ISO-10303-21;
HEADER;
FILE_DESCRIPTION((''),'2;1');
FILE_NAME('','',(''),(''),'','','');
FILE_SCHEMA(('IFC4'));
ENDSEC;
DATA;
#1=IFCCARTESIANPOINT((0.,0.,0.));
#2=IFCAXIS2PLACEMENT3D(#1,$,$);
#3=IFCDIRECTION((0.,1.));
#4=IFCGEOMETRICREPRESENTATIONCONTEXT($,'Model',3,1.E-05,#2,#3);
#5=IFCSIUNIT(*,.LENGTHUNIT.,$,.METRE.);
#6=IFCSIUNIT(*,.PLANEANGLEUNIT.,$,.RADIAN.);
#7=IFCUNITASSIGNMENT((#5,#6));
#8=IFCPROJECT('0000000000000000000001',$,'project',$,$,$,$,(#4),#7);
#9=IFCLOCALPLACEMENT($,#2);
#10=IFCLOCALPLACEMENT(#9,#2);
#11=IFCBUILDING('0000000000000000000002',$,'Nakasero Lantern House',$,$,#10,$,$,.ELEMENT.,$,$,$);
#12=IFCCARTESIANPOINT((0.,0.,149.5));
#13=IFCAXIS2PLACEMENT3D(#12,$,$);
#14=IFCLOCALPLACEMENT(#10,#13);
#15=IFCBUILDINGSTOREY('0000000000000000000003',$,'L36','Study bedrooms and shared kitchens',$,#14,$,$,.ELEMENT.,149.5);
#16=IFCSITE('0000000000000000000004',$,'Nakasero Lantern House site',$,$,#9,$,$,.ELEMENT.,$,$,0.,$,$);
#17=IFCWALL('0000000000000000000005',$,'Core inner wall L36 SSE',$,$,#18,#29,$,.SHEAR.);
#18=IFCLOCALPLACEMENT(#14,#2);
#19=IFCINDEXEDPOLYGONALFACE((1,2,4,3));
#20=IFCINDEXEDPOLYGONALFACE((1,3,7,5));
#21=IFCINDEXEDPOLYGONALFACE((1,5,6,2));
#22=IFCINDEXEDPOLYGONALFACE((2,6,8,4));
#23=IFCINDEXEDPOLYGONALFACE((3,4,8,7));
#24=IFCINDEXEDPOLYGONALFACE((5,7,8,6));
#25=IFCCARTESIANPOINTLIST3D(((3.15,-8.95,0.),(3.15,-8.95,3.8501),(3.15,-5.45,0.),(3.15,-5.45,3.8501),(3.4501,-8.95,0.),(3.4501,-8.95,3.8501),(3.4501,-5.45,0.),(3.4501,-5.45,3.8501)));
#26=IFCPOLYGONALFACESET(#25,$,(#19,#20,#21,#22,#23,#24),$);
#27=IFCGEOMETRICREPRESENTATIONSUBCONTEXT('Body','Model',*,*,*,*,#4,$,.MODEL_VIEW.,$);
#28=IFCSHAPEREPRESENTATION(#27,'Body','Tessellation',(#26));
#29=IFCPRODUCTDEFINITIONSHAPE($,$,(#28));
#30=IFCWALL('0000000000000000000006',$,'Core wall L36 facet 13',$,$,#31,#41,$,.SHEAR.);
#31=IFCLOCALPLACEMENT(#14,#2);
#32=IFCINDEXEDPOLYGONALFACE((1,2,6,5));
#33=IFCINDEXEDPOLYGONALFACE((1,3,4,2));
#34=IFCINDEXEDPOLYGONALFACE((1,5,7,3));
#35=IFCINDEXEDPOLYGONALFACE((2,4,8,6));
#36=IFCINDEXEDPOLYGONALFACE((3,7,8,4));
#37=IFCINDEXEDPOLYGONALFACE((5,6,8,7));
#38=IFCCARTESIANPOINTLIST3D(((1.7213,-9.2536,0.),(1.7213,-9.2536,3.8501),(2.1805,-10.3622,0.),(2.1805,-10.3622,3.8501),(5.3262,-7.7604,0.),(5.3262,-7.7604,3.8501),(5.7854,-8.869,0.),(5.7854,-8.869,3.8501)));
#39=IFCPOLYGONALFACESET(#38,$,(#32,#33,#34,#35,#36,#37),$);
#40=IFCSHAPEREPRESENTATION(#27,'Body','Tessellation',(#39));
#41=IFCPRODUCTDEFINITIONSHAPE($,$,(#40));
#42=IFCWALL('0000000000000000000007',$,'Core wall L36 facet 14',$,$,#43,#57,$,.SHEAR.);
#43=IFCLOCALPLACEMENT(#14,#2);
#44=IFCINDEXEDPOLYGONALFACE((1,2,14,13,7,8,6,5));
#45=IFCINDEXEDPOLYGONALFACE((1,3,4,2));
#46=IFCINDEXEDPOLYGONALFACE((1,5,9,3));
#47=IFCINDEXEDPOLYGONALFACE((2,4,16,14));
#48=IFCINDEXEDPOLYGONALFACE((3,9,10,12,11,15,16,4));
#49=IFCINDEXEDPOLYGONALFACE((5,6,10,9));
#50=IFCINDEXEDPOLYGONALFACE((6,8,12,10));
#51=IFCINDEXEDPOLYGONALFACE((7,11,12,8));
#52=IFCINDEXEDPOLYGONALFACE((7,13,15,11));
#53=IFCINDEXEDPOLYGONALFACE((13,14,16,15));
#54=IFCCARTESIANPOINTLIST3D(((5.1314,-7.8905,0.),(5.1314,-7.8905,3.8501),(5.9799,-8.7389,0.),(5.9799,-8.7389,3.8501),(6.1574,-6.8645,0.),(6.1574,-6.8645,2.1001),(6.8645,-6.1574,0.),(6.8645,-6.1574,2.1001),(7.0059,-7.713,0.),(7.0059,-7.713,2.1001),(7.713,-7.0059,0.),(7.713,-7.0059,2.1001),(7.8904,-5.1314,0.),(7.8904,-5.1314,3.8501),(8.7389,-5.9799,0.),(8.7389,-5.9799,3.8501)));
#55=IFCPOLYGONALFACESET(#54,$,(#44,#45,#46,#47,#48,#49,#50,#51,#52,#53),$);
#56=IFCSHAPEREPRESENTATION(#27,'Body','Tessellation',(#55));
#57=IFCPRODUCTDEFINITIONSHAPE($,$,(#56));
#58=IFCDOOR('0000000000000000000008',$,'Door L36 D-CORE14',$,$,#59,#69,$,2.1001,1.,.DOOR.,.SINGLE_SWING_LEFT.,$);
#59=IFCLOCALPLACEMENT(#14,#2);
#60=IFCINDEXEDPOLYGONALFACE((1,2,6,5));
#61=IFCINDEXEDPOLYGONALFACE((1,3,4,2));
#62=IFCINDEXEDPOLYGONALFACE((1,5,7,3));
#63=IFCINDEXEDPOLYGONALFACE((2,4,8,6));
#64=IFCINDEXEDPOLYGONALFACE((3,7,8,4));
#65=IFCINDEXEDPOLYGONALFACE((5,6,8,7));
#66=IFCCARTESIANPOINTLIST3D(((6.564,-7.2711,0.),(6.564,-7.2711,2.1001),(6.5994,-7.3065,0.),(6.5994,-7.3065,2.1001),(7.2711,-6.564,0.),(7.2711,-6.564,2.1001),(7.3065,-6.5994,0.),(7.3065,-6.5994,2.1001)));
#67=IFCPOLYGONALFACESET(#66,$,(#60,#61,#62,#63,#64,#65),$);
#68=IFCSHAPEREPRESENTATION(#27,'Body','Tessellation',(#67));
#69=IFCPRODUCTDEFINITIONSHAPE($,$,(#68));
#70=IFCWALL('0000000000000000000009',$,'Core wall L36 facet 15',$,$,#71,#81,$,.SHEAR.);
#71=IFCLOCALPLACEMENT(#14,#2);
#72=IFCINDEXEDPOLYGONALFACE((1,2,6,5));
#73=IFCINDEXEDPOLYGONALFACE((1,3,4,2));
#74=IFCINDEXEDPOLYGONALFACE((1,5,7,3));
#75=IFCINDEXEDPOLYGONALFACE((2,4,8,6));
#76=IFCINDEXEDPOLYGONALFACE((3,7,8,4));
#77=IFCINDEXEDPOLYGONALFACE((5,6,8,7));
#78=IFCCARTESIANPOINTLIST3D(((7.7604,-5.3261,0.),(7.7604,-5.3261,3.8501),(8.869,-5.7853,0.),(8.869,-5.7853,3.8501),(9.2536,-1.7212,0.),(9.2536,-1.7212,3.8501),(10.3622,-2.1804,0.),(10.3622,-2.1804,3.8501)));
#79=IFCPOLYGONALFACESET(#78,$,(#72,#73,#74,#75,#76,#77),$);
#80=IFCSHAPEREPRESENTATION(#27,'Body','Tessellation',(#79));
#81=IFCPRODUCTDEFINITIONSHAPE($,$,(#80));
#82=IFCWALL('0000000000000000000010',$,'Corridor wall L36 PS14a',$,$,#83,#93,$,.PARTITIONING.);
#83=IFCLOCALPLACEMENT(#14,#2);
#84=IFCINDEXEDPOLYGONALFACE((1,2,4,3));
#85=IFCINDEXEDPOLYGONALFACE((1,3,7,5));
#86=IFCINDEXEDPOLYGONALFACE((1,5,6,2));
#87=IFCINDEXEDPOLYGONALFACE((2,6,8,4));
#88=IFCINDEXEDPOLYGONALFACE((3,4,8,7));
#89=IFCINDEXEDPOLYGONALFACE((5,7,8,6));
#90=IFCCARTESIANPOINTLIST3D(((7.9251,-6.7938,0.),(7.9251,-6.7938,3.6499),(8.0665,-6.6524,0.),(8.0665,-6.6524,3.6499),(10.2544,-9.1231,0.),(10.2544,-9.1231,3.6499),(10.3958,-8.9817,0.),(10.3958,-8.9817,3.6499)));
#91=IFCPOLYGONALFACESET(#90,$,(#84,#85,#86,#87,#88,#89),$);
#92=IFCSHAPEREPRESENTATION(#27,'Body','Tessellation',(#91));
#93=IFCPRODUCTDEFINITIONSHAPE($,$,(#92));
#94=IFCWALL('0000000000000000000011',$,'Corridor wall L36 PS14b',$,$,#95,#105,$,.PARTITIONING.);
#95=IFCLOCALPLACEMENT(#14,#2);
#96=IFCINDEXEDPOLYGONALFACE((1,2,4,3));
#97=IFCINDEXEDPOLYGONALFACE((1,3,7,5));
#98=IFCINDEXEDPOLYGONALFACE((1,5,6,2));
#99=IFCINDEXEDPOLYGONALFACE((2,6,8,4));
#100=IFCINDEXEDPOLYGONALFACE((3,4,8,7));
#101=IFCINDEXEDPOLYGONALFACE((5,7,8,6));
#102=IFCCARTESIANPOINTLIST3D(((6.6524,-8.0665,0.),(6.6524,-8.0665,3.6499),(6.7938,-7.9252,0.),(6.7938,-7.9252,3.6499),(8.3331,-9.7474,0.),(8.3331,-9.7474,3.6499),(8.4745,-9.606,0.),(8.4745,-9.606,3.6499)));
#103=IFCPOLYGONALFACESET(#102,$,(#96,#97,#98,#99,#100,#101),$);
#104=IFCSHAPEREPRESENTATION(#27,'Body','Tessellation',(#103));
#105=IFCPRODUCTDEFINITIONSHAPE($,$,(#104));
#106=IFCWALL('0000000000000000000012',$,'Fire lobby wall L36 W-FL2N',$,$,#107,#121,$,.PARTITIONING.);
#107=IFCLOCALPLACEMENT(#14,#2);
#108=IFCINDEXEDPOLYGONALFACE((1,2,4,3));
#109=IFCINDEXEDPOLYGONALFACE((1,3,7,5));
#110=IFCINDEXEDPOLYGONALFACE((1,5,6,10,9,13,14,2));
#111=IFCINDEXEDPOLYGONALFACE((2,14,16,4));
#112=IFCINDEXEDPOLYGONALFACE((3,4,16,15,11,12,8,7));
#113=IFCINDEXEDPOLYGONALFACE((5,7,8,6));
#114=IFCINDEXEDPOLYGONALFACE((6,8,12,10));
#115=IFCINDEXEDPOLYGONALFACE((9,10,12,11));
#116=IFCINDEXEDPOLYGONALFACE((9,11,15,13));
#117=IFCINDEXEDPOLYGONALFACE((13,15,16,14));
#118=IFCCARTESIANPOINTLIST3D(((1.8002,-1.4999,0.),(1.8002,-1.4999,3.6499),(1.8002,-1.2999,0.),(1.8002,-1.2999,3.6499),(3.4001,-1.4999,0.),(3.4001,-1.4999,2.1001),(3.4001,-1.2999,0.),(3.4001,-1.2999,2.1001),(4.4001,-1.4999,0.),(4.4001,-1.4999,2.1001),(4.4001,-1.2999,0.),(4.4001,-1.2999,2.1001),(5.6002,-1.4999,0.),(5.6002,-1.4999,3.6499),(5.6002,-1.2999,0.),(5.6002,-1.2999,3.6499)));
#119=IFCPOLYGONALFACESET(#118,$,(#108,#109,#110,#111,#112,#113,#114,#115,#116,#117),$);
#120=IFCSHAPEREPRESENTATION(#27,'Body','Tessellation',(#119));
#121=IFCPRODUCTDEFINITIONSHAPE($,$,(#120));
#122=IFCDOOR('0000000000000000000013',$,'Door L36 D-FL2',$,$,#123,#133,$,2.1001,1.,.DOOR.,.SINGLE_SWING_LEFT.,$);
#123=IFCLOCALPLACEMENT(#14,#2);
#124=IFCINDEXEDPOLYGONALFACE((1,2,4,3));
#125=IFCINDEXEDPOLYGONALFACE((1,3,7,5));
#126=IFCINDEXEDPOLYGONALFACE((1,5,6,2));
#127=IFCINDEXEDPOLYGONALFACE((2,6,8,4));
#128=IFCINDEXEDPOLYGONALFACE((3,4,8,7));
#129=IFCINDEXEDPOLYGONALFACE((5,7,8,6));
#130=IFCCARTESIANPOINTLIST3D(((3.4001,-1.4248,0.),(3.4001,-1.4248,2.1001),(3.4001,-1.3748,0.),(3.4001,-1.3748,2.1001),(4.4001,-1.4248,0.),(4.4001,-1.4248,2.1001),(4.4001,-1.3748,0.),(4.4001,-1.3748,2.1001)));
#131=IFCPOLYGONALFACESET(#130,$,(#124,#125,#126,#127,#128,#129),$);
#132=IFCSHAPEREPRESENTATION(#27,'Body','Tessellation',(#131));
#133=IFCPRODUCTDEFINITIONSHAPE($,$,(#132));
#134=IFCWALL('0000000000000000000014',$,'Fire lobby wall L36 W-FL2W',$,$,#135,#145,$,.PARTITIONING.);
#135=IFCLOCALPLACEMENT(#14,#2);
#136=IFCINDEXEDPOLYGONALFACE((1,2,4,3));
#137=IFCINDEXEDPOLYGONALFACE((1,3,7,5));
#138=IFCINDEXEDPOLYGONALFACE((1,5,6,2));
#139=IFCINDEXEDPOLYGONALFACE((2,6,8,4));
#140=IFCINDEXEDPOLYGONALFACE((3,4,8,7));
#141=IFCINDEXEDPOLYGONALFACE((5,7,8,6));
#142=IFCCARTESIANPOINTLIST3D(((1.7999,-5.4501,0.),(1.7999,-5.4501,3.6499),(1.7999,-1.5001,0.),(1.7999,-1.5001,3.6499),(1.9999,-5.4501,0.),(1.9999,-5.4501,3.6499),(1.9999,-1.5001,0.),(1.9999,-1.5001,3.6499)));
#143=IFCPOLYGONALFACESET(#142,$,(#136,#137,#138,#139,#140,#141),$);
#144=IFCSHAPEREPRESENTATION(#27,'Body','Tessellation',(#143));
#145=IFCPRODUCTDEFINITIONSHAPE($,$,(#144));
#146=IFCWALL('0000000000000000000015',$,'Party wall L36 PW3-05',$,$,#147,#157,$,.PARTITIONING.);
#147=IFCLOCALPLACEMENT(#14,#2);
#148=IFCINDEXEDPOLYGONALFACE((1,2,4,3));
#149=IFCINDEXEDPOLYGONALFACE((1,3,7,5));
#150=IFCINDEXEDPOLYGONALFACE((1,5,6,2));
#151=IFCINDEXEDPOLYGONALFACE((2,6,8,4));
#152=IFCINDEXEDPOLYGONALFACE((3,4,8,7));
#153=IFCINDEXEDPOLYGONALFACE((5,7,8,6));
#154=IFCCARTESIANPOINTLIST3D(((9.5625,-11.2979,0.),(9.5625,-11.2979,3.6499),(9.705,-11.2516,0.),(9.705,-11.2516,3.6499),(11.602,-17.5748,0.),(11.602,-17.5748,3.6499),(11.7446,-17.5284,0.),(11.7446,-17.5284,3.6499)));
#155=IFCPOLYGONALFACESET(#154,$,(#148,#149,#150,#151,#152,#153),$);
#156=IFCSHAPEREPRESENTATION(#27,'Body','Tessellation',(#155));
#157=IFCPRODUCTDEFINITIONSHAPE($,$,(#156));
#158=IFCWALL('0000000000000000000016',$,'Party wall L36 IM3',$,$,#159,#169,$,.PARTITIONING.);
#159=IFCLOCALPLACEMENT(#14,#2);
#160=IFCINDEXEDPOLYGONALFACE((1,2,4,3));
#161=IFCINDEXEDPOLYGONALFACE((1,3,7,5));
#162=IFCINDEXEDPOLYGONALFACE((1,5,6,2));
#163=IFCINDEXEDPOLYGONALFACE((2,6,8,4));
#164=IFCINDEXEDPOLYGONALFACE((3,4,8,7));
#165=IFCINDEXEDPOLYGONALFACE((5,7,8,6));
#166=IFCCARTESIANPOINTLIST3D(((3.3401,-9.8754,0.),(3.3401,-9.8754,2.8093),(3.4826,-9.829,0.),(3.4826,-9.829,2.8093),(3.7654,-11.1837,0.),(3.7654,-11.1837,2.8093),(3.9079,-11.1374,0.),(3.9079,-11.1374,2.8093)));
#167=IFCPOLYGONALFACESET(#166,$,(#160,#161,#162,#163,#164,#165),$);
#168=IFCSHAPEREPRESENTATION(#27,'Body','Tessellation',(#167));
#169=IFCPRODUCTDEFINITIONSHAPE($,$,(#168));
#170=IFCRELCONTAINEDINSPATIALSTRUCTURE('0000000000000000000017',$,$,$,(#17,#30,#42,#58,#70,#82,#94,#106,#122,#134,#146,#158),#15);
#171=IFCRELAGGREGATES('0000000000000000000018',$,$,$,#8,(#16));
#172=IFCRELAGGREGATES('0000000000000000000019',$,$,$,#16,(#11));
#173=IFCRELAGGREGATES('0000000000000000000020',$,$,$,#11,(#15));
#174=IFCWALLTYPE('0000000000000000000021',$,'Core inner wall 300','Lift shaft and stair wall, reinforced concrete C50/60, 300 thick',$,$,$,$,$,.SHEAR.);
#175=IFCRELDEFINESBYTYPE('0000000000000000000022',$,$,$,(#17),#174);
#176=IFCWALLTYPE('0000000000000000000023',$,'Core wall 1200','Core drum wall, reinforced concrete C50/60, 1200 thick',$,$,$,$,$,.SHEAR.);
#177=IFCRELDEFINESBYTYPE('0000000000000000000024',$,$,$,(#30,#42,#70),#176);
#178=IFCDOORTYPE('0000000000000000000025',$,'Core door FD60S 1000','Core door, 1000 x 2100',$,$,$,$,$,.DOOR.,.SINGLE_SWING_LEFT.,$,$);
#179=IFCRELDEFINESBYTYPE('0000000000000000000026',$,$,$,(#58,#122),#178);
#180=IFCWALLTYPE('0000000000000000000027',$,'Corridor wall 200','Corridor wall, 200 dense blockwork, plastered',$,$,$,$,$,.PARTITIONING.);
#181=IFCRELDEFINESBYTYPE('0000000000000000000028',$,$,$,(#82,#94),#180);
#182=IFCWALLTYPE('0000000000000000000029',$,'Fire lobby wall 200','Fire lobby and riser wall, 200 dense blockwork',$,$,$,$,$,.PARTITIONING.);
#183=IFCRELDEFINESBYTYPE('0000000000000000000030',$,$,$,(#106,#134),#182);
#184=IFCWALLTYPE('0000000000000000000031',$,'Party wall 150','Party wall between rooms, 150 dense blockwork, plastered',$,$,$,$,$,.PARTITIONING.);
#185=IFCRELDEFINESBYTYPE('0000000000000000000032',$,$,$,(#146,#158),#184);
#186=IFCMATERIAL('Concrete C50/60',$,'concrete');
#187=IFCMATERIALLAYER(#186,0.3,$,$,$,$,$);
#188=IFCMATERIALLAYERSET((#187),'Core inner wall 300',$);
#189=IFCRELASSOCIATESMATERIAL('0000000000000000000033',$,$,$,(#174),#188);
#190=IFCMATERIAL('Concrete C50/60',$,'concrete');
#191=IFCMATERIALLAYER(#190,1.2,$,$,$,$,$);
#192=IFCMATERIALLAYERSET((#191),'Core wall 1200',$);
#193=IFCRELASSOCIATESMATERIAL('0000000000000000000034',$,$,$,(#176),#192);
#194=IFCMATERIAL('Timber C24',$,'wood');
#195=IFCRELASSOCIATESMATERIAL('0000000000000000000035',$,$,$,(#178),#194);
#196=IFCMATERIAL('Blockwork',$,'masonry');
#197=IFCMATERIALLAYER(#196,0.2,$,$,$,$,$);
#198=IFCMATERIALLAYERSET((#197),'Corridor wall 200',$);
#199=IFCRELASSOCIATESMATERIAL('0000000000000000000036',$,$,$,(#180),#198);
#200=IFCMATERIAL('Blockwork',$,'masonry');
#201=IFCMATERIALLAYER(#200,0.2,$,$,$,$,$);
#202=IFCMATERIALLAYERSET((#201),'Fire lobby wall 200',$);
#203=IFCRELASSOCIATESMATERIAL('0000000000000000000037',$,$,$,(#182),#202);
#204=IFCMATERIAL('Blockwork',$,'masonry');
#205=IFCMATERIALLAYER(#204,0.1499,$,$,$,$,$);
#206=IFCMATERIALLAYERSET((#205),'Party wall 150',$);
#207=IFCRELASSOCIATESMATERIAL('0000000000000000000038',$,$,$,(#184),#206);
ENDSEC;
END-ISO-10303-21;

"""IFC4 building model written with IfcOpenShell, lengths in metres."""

from ifc_helpers import new_model, si_unit, direction, frame, frame_2d, origin, place, context, subcontext, project, spatial, rectangle, extrude, material, layer, layer_set, type_object, element, fill, save


model = new_model("IFC4")

# Units and contexts
model_context = context("Model", 3, precision=1e-05, world=origin(), true_north=direction((0.0, 1.0)))
body_context = subcontext(model_context, "Body", "Model", "MODEL_VIEW")
ifc_project = project(units=[si_unit("LENGTHUNIT", "METRE"), si_unit("PLANEANGLEUNIT", "RADIAN")], contexts=[model_context])

# Site, building, storey
site_placement = place(None, origin())
site = spatial("IfcSite", under=ifc_project, at=site_placement, Name="Nakasero Lantern House site", CompositionType="ELEMENT", RefElevation=0.0)
building_placement = place(site_placement, origin())
building = spatial("IfcBuilding", under=site, at=building_placement, Name="Nakasero Lantern House", CompositionType="ELEMENT")
storey_placement = place(building_placement, frame((0.0, 0.0, 149.5)))
storey = spatial("IfcBuildingStorey", under=building, at=storey_placement, Name="L36", Description="Study bedrooms and shared kitchens", CompositionType="ELEMENT", Elevation=149.5)

# Shared definitions
ifc_material_1 = material(Name="Concrete C50/60", Category="concrete")
ifc_layer_1 = layer(ifc_material_1, 0.3)
ifc_layer_set_1 = layer_set([ifc_layer_1], Name="Core inner wall 300")
wall_type_1 = type_object("IfcWallType", Name="Core inner wall 300", Description="Lift shaft and stair wall, reinforced concrete C50/60, 300 thick", PredefinedType="SHEAR", material=ifc_layer_set_1)

# Walls
wall_1_placement = place(storey_placement, frame((3.3, -5.45, 0.0), z_axis=(0.0, 0.0, 1.0), x_axis=(0.0, -1.0, 0.0)))
element("IfcWall", 1, at=wall_1_placement, inside=storey, type_object=wall_type_1, Name="Core inner wall L36 SSE", PredefinedType="SHEAR", context=body_context, shape_type="SweptSolid", body=[
    extrude(rectangle(XDim=3.5, YDim=0.3, at=frame_2d((1.75, 0.0))), origin(), (0.0, 0.0, 1.0), 3.8501),
])
ifc_material_2 = material(Name="Concrete C50/60", Category="concrete")
ifc_layer_2 = layer(ifc_material_2, 1.2)
ifc_layer_set_2 = layer_set([ifc_layer_2], Name="Core wall 1200")
wall_type_2 = type_object("IfcWallType", Name="Core wall 1200", Description="Core drum wall, reinforced concrete C50/60, 1200 thick", PredefinedType="SHEAR", material=ifc_layer_set_2)
wall_2_placement = place(storey_placement, frame((1.9509, -9.8079, 0.0), z_axis=(0.0, 0.0, 1.0), x_axis=(0.923877, 0.382691, 0.0)))
element("IfcWall", 2, at=wall_2_placement, inside=storey, type_object=wall_type_2, Name="Core wall L36 facet 13", PredefinedType="SHEAR", context=body_context, shape_type="SweptSolid", body=[
    extrude(rectangle(XDim=3.9019, YDim=1.2, at=frame_2d((1.9509, 0.0))), origin(), (0.0, 0.0, 1.0), 3.8501),
])

# Wall, opening, door
wall_3_placement = place(storey_placement, frame((5.5557, -8.3147, 0.0), z_axis=(0.0, 0.0, 1.0), x_axis=(0.707107, 0.707107, 0.0)))
wall_3 = element("IfcWall", 3, at=wall_3_placement, inside=storey, type_object=wall_type_2, Name="Core wall L36 facet 14", PredefinedType="SHEAR", context=body_context, shape_type="SweptSolid", body=[
    extrude(rectangle(XDim=3.9019, YDim=1.2, at=frame_2d((1.9509, 0.0))), origin(), (0.0, 0.0, 1.0), 3.8501),
])
opening_1_placement = place(wall_3_placement, frame((1.4509, 0.0, 0.0)))
opening_1 = element("IfcOpeningElement", 4, at=opening_1_placement, cuts=wall_3, PredefinedType="OPENING", context=body_context, shape_type="SweptSolid", body=[
    extrude(rectangle(XDim=1.0, YDim=2.1001, at=frame_2d((0.5, 1.05))), frame((0.0, 0.6199, 0.0), z_axis=(0.0, -1.0, 0.0), x_axis=(1.0, 0.0, 0.0)), (0.0, 0.0, 1.0), 1.24),
])
ifc_material_3 = material(Name="Timber C24", Category="wood")
door_type_1 = type_object("IfcDoorType", Name="Core door FD60S 1000", Description="Core door, 1000 x 2100", OperationType="SINGLE_SWING_LEFT", PredefinedType="DOOR", material=ifc_material_3)
door_1_placement = place(opening_1_placement, origin())
door_1 = element("IfcDoor", 5, at=door_1_placement, inside=storey, type_object=door_type_1, Name="Door L36 D-CORE14", OperationType="SINGLE_SWING_LEFT", OverallHeight=2.1001, OverallWidth=1.0, PredefinedType="DOOR", context=body_context, shape_type="SweptSolid", body=[
    extrude(rectangle(XDim=1.0, YDim=2.1001, at=frame_2d((0.5, 1.05))), frame((0.0, 0.0249, 0.0), z_axis=(0.0, -1.0, 0.0), x_axis=(1.0, 0.0, 0.0)), (0.0, 0.0, 1.0), 0.05),
])
fill(opening_1, door_1)

# Walls
wall_4_placement = place(storey_placement, frame((8.3147, -5.5557, 0.0), z_axis=(0.0, 0.0, 1.0), x_axis=(0.382691, 0.923877, 0.0)))
element("IfcWall", 6, at=wall_4_placement, inside=storey, type_object=wall_type_2, Name="Core wall L36 facet 15", PredefinedType="SHEAR", context=body_context, shape_type="SweptSolid", body=[
    extrude(rectangle(XDim=3.9019, YDim=1.2, at=frame_2d((1.9509, 0.0))), origin(), (0.0, 0.0, 1.0), 3.8501),
])
ifc_material_4 = material(Name="Blockwork", Category="masonry")
ifc_layer_3 = layer(ifc_material_4, 0.2)
ifc_layer_set_3 = layer_set([ifc_layer_3], Name="Corridor wall 200")
wall_type_3 = type_object("IfcWallType", Name="Corridor wall 200", Description="Corridor wall, 200 dense blockwork, plastered", PredefinedType="PARTITIONING", material=ifc_layer_set_3)
wall_5_placement = place(storey_placement, frame((7.9958, -6.7231, 0.0), z_axis=(0.0, 0.0, 1.0), x_axis=(0.707107, -0.707107, 0.0)))
element("IfcWall", 7, at=wall_5_placement, inside=storey, type_object=wall_type_3, Name="Corridor wall L36 PS14a", PredefinedType="PARTITIONING", context=body_context, shape_type="SweptSolid", body=[
    extrude(rectangle(XDim=3.2942, YDim=0.2, at=frame_2d((1.647, 0.0))), origin(), (0.0, 0.0, 1.0), 3.6499),
])
wall_6_placement = place(storey_placement, frame((6.7231, -7.9958, 0.0), z_axis=(0.0, 0.0, 1.0), x_axis=(0.707055, -0.707158, 0.0)))
element("IfcWall", 8, at=wall_6_placement, inside=storey, type_object=wall_type_3, Name="Corridor wall L36 PS14b", PredefinedType="PARTITIONING", context=body_context, shape_type="SweptSolid", body=[
    extrude(rectangle(XDim=2.377, YDim=0.2, at=frame_2d((1.1885, 0.0))), origin(), (0.0, 0.0, 1.0), 3.6499),
])

# Wall, opening, door
ifc_material_5 = material(Name="Blockwork", Category="masonry")
ifc_layer_4 = layer(ifc_material_5, 0.2)
ifc_layer_set_4 = layer_set([ifc_layer_4], Name="Fire lobby wall 200")
wall_type_4 = type_object("IfcWallType", Name="Fire lobby wall 200", Description="Fire lobby and riser wall, 200 dense blockwork", PredefinedType="PARTITIONING", material=ifc_layer_set_4)
wall_7_placement = place(storey_placement, frame((5.6001, -1.3999, 0.0), z_axis=(0.0, 0.0, 1.0), x_axis=(-1.0, 0.0, 0.0)))
wall_7 = element("IfcWall", 9, at=wall_7_placement, inside=storey, type_object=wall_type_4, Name="Fire lobby wall L36 W-FL2N", PredefinedType="PARTITIONING", context=body_context, shape_type="SweptSolid", body=[
    extrude(rectangle(XDim=3.8, YDim=0.2, at=frame_2d((1.8999, 0.0))), origin(), (0.0, 0.0, 1.0), 3.6499),
])
opening_2_placement = place(wall_7_placement, frame((1.2, 0.0, 0.0)))
opening_2 = element("IfcOpeningElement", 10, at=opening_2_placement, cuts=wall_7, PredefinedType="OPENING", context=body_context, shape_type="SweptSolid", body=[
    extrude(rectangle(XDim=1.0, YDim=2.1001, at=frame_2d((0.5, 1.05))), frame((0.0, 0.1199, 0.0), z_axis=(0.0, -1.0, 0.0), x_axis=(1.0, 0.0, 0.0)), (0.0, 0.0, 1.0), 0.24),
])
door_2_placement = place(opening_2_placement, origin())
door_2 = element("IfcDoor", 11, at=door_2_placement, inside=storey, type_object=door_type_1, Name="Door L36 D-FL2", OperationType="SINGLE_SWING_LEFT", OverallHeight=2.1001, OverallWidth=1.0, PredefinedType="DOOR", context=body_context, shape_type="SweptSolid", body=[
    extrude(rectangle(XDim=1.0, YDim=2.1001, at=frame_2d((0.5, 1.05))), frame((0.0, 0.0249, 0.0), z_axis=(0.0, -1.0, 0.0), x_axis=(1.0, 0.0, 0.0)), (0.0, 0.0, 1.0), 0.05),
])
fill(opening_2, door_2)

# Walls
wall_8_placement = place(storey_placement, frame((1.8999, -1.5, 0.0), z_axis=(0.0, 0.0, 1.0), x_axis=(0.0, -1.0, 0.0)))
element("IfcWall", 12, at=wall_8_placement, inside=storey, type_object=wall_type_4, Name="Fire lobby wall L36 W-FL2W", PredefinedType="PARTITIONING", context=body_context, shape_type="SweptSolid", body=[
    extrude(rectangle(XDim=3.95, YDim=0.2, at=frame_2d((1.9751, 0.0))), origin(), (0.0, 0.0, 1.0), 3.6499),
])
ifc_material_6 = material(Name="Blockwork", Category="masonry")
ifc_layer_5 = layer(ifc_material_6, 0.1499)
ifc_layer_set_5 = layer_set([ifc_layer_5], Name="Party wall 150")
wall_type_5 = type_object("IfcWallType", Name="Party wall 150", Description="Party wall between rooms, 150 dense blockwork, plastered", PredefinedType="PARTITIONING", material=ifc_layer_set_5)
wall_9_placement = place(storey_placement, frame((9.6338, -11.2749, 0.0), z_axis=(0.0, 0.0, 1.0), x_axis=(0.309028, -0.951053, 0.0)))
element("IfcWall", 13, at=wall_9_placement, inside=storey, type_object=wall_type_5, Name="Party wall L36 PW3-05", PredefinedType="PARTITIONING", context=body_context, shape_type="SweptSolid", body=[
    extrude(rectangle(XDim=6.5999, YDim=0.1499, at=frame_2d((3.2998, 0.0))), origin(), (0.0, 0.0, 1.0), 3.6499),
])
wall_10_placement = place(storey_placement, frame((3.8367, -11.1606, 0.0), z_axis=(0.0, 0.0, 1.0), x_axis=(-0.309138, 0.951017, 0.0)))
element("IfcWall", 14, at=wall_10_placement, inside=storey, type_object=wall_type_5, Name="Party wall L36 IM3", PredefinedType="PARTITIONING", context=body_context, shape_type="SweptSolid", body=[
    extrude(rectangle(XDim=1.3757, YDim=0.1499, at=frame_2d((0.688, 0.0))), origin(), (0.0, 0.0, 1.0), 2.8093),
])

save(model, "model.ifc")
